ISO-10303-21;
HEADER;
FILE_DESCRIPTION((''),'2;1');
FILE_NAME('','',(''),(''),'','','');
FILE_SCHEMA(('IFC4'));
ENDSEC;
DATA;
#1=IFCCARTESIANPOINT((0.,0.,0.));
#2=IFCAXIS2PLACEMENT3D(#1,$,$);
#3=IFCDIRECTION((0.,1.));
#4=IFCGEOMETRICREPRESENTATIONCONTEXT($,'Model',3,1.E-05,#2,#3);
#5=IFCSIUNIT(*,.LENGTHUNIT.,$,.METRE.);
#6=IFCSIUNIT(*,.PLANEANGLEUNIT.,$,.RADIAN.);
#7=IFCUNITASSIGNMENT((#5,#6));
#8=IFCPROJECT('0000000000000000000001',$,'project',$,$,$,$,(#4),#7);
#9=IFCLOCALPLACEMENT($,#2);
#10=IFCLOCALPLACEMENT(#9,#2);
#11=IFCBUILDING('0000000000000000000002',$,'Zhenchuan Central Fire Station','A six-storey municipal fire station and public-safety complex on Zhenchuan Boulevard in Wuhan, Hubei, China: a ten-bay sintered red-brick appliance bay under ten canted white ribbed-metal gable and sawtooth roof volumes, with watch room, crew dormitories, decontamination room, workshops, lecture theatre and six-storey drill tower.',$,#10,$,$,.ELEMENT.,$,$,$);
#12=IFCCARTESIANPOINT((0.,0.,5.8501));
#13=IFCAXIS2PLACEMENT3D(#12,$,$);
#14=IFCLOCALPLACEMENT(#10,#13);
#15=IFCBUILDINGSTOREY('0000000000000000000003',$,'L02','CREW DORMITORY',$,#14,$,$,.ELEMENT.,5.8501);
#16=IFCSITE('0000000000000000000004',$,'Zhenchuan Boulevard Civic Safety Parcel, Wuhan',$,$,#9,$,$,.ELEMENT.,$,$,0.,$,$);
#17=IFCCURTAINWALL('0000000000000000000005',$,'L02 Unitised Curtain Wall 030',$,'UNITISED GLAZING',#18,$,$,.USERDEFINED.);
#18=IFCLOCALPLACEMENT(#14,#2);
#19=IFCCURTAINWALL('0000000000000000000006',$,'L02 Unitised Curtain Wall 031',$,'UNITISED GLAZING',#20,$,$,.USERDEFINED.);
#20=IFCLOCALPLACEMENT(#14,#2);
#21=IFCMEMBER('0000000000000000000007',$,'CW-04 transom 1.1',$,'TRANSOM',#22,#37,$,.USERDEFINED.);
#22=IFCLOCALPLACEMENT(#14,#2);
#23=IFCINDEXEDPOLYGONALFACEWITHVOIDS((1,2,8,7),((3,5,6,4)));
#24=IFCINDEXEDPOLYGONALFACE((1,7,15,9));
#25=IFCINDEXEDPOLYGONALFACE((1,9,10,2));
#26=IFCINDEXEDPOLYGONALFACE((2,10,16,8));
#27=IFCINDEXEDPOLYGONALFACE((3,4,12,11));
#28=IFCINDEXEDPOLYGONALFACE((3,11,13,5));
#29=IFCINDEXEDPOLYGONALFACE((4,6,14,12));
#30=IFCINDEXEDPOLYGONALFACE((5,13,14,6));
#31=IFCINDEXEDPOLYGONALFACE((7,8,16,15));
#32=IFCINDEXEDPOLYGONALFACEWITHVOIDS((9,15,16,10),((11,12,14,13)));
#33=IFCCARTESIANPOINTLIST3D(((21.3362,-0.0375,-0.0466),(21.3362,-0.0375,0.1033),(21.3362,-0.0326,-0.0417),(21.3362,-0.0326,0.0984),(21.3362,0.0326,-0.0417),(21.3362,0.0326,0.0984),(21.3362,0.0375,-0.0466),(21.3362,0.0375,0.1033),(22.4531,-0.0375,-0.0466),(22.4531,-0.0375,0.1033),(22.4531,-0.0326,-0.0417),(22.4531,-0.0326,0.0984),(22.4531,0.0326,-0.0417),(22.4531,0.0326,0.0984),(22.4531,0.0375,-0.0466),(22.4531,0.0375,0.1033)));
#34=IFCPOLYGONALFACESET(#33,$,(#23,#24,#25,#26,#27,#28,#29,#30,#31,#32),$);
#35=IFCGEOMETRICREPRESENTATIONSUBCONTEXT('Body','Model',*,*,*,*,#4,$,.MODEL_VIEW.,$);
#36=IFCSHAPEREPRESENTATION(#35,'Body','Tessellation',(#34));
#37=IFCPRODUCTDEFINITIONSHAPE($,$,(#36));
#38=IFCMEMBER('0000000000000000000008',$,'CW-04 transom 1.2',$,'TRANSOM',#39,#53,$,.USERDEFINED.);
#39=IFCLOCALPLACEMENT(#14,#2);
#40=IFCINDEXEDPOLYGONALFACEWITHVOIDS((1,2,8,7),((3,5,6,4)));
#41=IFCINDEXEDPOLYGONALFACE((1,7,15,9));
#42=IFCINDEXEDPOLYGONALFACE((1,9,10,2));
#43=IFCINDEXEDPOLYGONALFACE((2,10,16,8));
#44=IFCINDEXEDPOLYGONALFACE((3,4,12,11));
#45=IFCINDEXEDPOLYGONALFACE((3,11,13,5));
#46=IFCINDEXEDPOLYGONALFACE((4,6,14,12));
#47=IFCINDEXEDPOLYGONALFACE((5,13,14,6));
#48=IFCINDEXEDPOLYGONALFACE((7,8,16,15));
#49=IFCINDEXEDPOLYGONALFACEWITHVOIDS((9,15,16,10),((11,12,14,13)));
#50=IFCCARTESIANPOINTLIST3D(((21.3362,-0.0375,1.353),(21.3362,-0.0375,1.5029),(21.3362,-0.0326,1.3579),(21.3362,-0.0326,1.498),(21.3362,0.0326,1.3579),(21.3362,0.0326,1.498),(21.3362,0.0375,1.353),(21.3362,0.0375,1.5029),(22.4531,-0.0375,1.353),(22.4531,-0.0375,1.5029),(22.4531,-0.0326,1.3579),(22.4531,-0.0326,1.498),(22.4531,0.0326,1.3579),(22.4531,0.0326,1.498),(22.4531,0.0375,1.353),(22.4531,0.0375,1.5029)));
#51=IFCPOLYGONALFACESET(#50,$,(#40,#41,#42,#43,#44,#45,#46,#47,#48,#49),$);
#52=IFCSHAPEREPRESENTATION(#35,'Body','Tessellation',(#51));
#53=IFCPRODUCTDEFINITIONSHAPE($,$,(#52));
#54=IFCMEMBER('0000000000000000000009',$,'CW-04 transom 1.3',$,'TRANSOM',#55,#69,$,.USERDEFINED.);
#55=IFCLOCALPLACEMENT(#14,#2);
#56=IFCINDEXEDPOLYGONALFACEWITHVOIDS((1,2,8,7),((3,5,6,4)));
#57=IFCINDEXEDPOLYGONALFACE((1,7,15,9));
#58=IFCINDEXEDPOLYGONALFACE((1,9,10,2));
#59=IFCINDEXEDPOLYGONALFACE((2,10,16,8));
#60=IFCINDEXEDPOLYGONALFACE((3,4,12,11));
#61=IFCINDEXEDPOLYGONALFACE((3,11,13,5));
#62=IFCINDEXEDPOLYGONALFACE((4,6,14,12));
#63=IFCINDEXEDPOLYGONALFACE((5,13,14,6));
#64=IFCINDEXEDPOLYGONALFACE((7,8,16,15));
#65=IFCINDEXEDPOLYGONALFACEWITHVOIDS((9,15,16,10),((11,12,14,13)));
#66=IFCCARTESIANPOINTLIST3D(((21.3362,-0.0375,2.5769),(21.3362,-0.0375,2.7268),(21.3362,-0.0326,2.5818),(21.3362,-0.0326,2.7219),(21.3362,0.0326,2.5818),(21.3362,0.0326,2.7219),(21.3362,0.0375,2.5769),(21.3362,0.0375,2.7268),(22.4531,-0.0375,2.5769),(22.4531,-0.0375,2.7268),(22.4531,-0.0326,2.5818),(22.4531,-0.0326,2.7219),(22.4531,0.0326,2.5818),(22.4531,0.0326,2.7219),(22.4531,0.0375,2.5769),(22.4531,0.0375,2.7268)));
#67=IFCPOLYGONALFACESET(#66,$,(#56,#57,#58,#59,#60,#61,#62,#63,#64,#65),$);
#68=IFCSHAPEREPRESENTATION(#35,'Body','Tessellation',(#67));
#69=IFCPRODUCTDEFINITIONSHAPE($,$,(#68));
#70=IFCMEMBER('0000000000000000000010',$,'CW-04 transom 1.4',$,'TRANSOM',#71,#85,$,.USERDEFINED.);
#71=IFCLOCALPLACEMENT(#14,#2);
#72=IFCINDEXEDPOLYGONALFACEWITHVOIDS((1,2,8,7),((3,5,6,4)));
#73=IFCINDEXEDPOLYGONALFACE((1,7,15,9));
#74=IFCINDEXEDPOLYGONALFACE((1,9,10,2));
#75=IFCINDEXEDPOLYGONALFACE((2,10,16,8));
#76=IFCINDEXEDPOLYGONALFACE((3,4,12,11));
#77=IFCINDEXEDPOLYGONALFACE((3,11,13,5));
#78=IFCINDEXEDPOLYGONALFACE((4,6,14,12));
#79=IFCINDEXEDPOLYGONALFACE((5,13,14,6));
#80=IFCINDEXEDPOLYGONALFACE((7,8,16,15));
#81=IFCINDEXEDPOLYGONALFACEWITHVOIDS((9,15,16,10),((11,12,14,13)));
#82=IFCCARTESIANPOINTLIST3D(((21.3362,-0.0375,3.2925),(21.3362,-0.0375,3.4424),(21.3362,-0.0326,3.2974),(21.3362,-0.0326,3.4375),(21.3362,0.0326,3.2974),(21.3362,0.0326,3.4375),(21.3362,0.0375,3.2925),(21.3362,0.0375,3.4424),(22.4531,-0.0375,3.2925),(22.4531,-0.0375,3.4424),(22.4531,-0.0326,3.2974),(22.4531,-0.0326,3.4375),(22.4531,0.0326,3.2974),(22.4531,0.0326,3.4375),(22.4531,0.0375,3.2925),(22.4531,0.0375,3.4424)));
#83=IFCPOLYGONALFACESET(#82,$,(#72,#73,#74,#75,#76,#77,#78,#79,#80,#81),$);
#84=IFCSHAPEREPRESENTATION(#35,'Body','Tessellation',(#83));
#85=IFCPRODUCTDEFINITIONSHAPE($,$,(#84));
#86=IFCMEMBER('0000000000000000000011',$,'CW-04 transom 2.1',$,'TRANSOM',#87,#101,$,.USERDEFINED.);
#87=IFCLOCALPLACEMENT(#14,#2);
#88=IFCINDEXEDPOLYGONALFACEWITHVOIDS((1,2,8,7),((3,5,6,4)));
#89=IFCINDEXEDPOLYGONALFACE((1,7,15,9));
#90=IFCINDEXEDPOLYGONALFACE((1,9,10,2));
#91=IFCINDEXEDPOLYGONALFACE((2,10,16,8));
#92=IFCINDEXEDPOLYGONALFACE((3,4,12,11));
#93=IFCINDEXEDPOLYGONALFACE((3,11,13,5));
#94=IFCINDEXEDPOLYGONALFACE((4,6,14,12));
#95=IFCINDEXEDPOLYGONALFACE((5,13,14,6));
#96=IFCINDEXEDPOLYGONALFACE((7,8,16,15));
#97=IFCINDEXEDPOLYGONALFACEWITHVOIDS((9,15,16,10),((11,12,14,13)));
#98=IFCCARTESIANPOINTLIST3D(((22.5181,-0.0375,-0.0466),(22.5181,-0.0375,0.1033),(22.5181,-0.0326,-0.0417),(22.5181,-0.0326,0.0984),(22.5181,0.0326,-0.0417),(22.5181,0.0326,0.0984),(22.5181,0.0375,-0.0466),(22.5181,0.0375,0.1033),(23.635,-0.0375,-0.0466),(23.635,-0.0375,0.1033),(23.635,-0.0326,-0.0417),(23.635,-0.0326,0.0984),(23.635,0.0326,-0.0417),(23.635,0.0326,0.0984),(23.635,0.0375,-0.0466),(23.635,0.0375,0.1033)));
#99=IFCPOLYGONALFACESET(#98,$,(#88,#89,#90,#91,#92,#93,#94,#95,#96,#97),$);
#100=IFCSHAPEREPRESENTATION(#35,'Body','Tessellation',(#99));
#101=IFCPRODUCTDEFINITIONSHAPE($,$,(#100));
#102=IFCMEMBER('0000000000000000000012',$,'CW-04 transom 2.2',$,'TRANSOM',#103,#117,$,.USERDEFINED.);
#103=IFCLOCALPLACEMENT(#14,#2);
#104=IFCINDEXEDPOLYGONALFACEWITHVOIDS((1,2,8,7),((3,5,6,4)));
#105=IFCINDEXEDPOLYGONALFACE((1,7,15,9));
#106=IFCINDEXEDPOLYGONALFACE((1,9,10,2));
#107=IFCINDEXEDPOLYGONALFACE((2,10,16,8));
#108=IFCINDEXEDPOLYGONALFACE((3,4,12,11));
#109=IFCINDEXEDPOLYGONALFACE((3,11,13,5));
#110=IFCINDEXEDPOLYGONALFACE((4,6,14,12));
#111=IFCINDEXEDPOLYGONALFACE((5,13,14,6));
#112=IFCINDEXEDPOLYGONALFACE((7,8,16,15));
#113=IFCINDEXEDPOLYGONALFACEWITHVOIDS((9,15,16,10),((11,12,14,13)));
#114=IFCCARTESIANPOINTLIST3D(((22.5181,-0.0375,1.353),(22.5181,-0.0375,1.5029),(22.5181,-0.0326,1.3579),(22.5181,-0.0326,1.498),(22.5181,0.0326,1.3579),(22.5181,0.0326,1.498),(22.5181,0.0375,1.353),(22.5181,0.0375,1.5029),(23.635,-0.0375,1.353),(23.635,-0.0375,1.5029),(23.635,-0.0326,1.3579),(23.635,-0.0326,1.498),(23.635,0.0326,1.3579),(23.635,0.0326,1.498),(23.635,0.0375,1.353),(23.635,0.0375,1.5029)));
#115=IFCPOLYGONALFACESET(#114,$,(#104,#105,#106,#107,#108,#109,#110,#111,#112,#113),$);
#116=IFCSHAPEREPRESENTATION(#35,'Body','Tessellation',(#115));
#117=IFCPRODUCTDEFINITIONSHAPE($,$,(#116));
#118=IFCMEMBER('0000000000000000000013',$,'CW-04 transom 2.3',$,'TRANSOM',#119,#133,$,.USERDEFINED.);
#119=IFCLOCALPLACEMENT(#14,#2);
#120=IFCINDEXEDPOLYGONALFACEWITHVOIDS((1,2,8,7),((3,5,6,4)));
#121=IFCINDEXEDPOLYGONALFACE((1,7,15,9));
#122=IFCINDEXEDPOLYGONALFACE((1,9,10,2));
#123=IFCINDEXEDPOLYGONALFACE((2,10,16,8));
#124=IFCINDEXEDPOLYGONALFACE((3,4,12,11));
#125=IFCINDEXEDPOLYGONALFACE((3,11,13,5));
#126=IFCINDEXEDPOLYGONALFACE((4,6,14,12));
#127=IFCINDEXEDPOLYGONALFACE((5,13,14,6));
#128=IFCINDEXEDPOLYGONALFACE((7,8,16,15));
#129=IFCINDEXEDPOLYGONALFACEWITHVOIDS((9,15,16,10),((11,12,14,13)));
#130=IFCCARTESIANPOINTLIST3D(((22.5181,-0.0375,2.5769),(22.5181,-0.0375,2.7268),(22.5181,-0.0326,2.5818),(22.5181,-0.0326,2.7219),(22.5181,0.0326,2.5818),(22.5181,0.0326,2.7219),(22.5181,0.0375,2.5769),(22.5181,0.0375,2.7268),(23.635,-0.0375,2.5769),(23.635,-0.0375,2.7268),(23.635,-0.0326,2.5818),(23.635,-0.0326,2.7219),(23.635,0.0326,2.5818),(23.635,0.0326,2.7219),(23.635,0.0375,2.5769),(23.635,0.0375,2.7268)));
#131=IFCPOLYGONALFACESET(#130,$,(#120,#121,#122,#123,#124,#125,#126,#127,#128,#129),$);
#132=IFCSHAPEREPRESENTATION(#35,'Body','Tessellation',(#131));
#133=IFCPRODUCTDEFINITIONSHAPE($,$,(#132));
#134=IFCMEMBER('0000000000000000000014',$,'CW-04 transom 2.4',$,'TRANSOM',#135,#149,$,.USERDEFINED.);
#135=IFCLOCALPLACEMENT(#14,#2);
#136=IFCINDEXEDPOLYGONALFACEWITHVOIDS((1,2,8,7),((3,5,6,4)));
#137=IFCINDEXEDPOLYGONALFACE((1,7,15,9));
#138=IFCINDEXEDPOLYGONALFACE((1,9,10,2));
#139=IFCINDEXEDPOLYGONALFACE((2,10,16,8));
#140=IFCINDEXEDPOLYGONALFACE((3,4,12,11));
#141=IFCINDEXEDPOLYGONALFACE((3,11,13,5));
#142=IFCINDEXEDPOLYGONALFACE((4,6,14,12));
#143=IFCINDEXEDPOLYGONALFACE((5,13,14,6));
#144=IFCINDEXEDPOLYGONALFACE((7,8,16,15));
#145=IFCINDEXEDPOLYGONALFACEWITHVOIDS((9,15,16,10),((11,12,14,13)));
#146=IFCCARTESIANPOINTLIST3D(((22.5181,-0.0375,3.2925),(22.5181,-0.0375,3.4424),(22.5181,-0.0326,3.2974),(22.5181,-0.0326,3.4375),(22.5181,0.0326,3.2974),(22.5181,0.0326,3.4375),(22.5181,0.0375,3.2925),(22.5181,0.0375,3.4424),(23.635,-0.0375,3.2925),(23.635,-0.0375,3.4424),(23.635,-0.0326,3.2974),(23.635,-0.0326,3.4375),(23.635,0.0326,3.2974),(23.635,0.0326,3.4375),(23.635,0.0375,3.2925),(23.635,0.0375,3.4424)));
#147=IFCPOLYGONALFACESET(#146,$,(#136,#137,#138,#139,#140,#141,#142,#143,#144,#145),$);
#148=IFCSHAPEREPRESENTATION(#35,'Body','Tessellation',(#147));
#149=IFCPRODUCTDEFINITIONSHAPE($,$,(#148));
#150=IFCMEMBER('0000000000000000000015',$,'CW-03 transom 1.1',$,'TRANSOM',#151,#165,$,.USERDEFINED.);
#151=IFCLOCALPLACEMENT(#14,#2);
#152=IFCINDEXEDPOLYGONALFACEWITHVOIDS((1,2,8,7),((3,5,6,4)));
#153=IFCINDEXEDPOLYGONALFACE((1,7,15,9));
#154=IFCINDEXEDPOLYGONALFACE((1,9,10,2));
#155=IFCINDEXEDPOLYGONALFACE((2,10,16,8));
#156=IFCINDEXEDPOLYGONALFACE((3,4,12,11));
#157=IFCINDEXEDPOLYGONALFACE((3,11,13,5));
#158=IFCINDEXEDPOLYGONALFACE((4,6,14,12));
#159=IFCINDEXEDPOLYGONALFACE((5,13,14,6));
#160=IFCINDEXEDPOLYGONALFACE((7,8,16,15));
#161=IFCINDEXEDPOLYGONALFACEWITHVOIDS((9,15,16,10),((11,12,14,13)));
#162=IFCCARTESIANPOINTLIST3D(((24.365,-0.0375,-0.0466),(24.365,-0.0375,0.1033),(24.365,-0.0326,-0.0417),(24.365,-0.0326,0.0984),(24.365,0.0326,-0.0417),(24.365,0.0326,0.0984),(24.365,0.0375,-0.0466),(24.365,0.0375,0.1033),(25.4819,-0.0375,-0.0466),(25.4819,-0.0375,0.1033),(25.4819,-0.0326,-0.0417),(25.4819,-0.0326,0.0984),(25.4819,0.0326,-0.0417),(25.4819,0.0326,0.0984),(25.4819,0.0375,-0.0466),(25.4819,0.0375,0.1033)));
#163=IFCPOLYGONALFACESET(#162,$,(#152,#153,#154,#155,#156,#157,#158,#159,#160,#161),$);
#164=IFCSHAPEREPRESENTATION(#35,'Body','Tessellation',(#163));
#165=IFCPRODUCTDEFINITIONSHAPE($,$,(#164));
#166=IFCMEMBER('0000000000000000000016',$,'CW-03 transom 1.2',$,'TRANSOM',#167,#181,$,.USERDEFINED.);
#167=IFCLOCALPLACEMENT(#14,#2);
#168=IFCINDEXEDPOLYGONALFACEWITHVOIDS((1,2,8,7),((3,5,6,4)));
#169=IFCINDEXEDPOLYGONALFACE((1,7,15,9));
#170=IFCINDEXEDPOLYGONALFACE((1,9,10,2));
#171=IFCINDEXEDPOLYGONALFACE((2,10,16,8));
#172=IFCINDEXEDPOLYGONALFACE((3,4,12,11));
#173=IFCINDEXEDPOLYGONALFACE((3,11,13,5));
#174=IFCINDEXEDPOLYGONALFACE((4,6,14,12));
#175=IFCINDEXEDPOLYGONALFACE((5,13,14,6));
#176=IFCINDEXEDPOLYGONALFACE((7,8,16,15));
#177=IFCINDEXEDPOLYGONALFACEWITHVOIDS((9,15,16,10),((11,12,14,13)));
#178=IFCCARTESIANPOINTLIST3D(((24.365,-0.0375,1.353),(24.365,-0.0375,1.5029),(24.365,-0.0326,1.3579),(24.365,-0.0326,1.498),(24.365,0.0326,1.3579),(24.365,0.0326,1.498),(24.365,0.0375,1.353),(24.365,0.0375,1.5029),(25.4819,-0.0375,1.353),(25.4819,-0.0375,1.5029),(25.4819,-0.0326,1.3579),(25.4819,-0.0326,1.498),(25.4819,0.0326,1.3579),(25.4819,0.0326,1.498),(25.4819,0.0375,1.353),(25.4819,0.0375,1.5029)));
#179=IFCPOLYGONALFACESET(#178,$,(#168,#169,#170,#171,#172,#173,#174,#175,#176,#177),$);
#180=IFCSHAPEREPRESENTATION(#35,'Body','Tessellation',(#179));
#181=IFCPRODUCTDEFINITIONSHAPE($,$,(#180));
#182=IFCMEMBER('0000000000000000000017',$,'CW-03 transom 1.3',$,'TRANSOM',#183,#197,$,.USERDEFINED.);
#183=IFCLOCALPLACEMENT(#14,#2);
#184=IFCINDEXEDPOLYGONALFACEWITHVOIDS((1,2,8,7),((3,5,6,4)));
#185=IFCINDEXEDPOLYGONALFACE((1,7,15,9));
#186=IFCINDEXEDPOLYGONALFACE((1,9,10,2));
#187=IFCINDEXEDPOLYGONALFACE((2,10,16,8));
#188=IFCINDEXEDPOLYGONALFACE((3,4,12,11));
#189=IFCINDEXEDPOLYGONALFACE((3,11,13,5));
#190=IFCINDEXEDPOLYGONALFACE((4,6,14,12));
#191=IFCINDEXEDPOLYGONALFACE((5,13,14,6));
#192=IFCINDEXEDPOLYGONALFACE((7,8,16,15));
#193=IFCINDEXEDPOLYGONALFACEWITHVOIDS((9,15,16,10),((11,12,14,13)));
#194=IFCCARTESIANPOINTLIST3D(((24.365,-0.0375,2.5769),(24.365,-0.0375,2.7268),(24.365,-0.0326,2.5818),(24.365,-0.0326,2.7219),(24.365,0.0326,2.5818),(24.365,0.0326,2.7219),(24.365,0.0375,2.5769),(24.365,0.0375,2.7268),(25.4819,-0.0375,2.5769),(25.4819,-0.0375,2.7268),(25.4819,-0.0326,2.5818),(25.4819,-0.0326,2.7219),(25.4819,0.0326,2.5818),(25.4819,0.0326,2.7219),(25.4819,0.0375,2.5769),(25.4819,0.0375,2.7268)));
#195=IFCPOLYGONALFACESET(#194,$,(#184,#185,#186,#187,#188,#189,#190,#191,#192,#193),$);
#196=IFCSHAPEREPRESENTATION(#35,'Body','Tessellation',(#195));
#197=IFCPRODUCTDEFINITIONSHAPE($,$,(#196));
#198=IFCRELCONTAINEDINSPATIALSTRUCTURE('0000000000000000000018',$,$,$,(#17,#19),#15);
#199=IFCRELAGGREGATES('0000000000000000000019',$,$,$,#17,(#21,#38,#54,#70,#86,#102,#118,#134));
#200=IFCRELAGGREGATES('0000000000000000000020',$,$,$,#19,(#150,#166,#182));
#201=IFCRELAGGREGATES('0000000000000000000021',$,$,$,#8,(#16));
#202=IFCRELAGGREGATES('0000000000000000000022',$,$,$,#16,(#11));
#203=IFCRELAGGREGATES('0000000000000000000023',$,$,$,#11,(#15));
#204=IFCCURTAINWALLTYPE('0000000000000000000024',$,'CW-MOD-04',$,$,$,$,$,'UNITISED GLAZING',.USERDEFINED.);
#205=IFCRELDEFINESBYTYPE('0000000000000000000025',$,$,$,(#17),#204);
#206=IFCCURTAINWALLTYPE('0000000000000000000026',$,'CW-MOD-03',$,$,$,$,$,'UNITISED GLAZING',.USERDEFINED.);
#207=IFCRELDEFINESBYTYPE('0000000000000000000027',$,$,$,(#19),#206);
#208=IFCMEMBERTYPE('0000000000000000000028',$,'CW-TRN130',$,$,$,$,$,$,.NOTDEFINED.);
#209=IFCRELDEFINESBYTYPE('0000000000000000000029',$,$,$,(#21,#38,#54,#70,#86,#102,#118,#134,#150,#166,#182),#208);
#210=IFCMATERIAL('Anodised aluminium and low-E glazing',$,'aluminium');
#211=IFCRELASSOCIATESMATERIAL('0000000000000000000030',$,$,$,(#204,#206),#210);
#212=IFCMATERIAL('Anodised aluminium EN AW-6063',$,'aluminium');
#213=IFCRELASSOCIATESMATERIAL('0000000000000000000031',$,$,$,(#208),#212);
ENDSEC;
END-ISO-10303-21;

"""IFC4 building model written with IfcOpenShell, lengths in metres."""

from ifc_helpers import new_model, si_unit, direction, frame, origin, origin_2d, place, context, subcontext, project, spatial, hollow_rectangle, extrude, material, material_profile, profile_set, type_object, element, aggregate, save


model = new_model("IFC4")

# Units and contexts
model_context = context("Model", 3, precision=1e-05, world=origin(), true_north=direction((0.0, 1.0)))
body_context = subcontext(model_context, "Body", "Model", "MODEL_VIEW")
ifc_project = project(units=[si_unit("LENGTHUNIT", "METRE"), si_unit("PLANEANGLEUNIT", "RADIAN")], contexts=[model_context])

# Site, building, storey
site_placement = place(None, origin())
site = spatial("IfcSite", under=ifc_project, at=site_placement, Name="Zhenchuan Boulevard Civic Safety Parcel, Wuhan", CompositionType="ELEMENT", RefElevation=0.0)
building_placement = place(site_placement, origin())
building = spatial("IfcBuilding", under=site, at=building_placement, Name="Zhenchuan Central Fire Station", Description="A six-storey municipal fire station and public-safety complex on Zhenchuan Boulevard in Wuhan, Hubei, China: a ten-bay sintered red-brick appliance bay under ten canted white ribbed-metal gable and sawtooth roof volumes, with watch room, crew dormitories, decontamination room, workshops, lecture theatre and six-storey drill tower.", CompositionType="ELEMENT")
storey_placement = place(building_placement, frame((0.0, 0.0, 5.8501)))
storey = spatial("IfcBuildingStorey", under=building, at=storey_placement, Name="L02", Description="CREW DORMITORY", CompositionType="ELEMENT", Elevation=5.8501)

# Curtain walls
ifc_material_1 = material(Name="Anodised aluminium and low-E glazing", Category="aluminium")
curtain_wall_type_1 = type_object("IfcCurtainWallType", Name="CW-MOD-04", ElementType="UNITISED GLAZING", PredefinedType="USERDEFINED", material=ifc_material_1)
curtain_wall_1_placement = place(storey_placement, origin())
curtain_wall_1 = element("IfcCurtainWall", 1, at=curtain_wall_1_placement, inside=storey, type_object=curtain_wall_type_1, Name="L02 Unitised Curtain Wall 030", ObjectType="UNITISED GLAZING", PredefinedType="USERDEFINED")
ifc_material_2 = material(Name="Anodised aluminium EN AW-6063", Category="aluminium")
curtain_wall_type_2 = type_object("IfcCurtainWallType", Name="CW-MOD-03", ElementType="UNITISED GLAZING", PredefinedType="USERDEFINED", material=ifc_material_1)
curtain_wall_2_placement = place(storey_placement, origin())
curtain_wall_2 = element("IfcCurtainWall", 2, at=curtain_wall_2_placement, inside=storey, type_object=curtain_wall_type_2, Name="L02 Unitised Curtain Wall 031", ObjectType="UNITISED GLAZING", PredefinedType="USERDEFINED")

# Members
ifc_material_profile_1 = material_profile(ifc_material_2, hollow_rectangle(XDim=0.075, YDim=0.1499, WallThickness=0.0049, at=origin_2d()), Name="ALU-T 150x75")
ifc_profile_set_1 = profile_set([ifc_material_profile_1], Name="Anodised aluminium EN AW-6063")
member_type_1 = type_object("IfcMemberType", Name="CW-TRN130", PredefinedType="NOTDEFINED", material=ifc_profile_set_1)
member_1_placement = place(storey_placement, frame((21.3362, 0.0, 0.0283), z_axis=(1.0, 0.0, 0.0), x_axis=(0.0, 1.0, 0.0)))
member_1 = element("IfcMember", 3, at=member_1_placement, type_object=member_type_1, Name="CW-04 transom 1.1", ObjectType="TRANSOM", PredefinedType="USERDEFINED", context=body_context, shape_type="SweptSolid", body=[
    extrude(hollow_rectangle(XDim=0.075, YDim=0.1499, WallThickness=0.0049, at=origin_2d()), origin(), (0.0, 0.0, 1.0), 1.1169),
])
member_2_placement = place(storey_placement, frame((21.3362, 0.0, 1.428), z_axis=(1.0, 0.0, 0.0), x_axis=(0.0, 1.0, 0.0)))
member_2 = element("IfcMember", 4, at=member_2_placement, type_object=member_type_1, Name="CW-04 transom 1.2", ObjectType="TRANSOM", PredefinedType="USERDEFINED", context=body_context, shape_type="SweptSolid", body=[
    extrude(hollow_rectangle(XDim=0.075, YDim=0.1499, WallThickness=0.0049, at=origin_2d()), origin(), (0.0, 0.0, 1.0), 1.1169),
])
member_3_placement = place(storey_placement, frame((21.3362, 0.0, 2.6519), z_axis=(1.0, 0.0, 0.0), x_axis=(0.0, 1.0, 0.0)))
member_3 = element("IfcMember", 5, at=member_3_placement, type_object=member_type_1, Name="CW-04 transom 1.3", ObjectType="TRANSOM", PredefinedType="USERDEFINED", context=body_context, shape_type="SweptSolid", body=[
    extrude(hollow_rectangle(XDim=0.075, YDim=0.1499, WallThickness=0.0049, at=origin_2d()), origin(), (0.0, 0.0, 1.0), 1.1169),
])
member_4_placement = place(storey_placement, frame((21.3362, 0.0, 3.3674), z_axis=(1.0, 0.0, 0.0), x_axis=(0.0, 1.0, 0.0)))
member_4 = element("IfcMember", 6, at=member_4_placement, type_object=member_type_1, Name="CW-04 transom 1.4", ObjectType="TRANSOM", PredefinedType="USERDEFINED", context=body_context, shape_type="SweptSolid", body=[
    extrude(hollow_rectangle(XDim=0.075, YDim=0.1499, WallThickness=0.0049, at=origin_2d()), origin(), (0.0, 0.0, 1.0), 1.1169),
])
member_5_placement = place(storey_placement, frame((22.5181, 0.0, 0.0283), z_axis=(1.0, 0.0, 0.0), x_axis=(0.0, 1.0, 0.0)))
member_5 = element("IfcMember", 7, at=member_5_placement, type_object=member_type_1, Name="CW-04 transom 2.1", ObjectType="TRANSOM", PredefinedType="USERDEFINED", context=body_context, shape_type="SweptSolid", body=[
    extrude(hollow_rectangle(XDim=0.075, YDim=0.1499, WallThickness=0.0049, at=origin_2d()), origin(), (0.0, 0.0, 1.0), 1.1169),
])
member_6_placement = place(storey_placement, frame((22.5181, 0.0, 1.428), z_axis=(1.0, 0.0, 0.0), x_axis=(0.0, 1.0, 0.0)))
member_6 = element("IfcMember", 8, at=member_6_placement, type_object=member_type_1, Name="CW-04 transom 2.2", ObjectType="TRANSOM", PredefinedType="USERDEFINED", context=body_context, shape_type="SweptSolid", body=[
    extrude(hollow_rectangle(XDim=0.075, YDim=0.1499, WallThickness=0.0049, at=origin_2d()), origin(), (0.0, 0.0, 1.0), 1.1169),
])
member_7_placement = place(storey_placement, frame((22.5181, 0.0, 2.6519), z_axis=(1.0, 0.0, 0.0), x_axis=(0.0, 1.0, 0.0)))
member_7 = element("IfcMember", 9, at=member_7_placement, type_object=member_type_1, Name="CW-04 transom 2.3", ObjectType="TRANSOM", PredefinedType="USERDEFINED", context=body_context, shape_type="SweptSolid", body=[
    extrude(hollow_rectangle(XDim=0.075, YDim=0.1499, WallThickness=0.0049, at=origin_2d()), origin(), (0.0, 0.0, 1.0), 1.1169),
])
member_8_placement = place(storey_placement, frame((22.5181, 0.0, 3.3674), z_axis=(1.0, 0.0, 0.0), x_axis=(0.0, 1.0, 0.0)))
member_8 = element("IfcMember", 10, at=member_8_placement, type_object=member_type_1, Name="CW-04 transom 2.4", ObjectType="TRANSOM", PredefinedType="USERDEFINED", context=body_context, shape_type="SweptSolid", body=[
    extrude(hollow_rectangle(XDim=0.075, YDim=0.1499, WallThickness=0.0049, at=origin_2d()), origin(), (0.0, 0.0, 1.0), 1.1169),
])
member_9_placement = place(storey_placement, frame((24.365, 0.0, 0.0283), z_axis=(1.0, 0.0, 0.0), x_axis=(0.0, 1.0, 0.0)))
member_9 = element("IfcMember", 11, at=member_9_placement, type_object=member_type_1, Name="CW-03 transom 1.1", ObjectType="TRANSOM", PredefinedType="USERDEFINED", context=body_context, shape_type="SweptSolid", body=[
    extrude(hollow_rectangle(XDim=0.075, YDim=0.1499, WallThickness=0.0049, at=origin_2d()), origin(), (0.0, 0.0, 1.0), 1.1169),
])
member_10_placement = place(storey_placement, frame((24.365, 0.0, 1.428), z_axis=(1.0, 0.0, 0.0), x_axis=(0.0, 1.0, 0.0)))
member_10 = element("IfcMember", 12, at=member_10_placement, type_object=member_type_1, Name="CW-03 transom 1.2", ObjectType="TRANSOM", PredefinedType="USERDEFINED", context=body_context, shape_type="SweptSolid", body=[
    extrude(hollow_rectangle(XDim=0.075, YDim=0.1499, WallThickness=0.0049, at=origin_2d()), origin(), (0.0, 0.0, 1.0), 1.1169),
])
member_11_placement = place(storey_placement, frame((24.365, 0.0, 2.6519), z_axis=(1.0, 0.0, 0.0), x_axis=(0.0, 1.0, 0.0)))
member_11 = element("IfcMember", 13, at=member_11_placement, type_object=member_type_1, Name="CW-03 transom 1.3", ObjectType="TRANSOM", PredefinedType="USERDEFINED", context=body_context, shape_type="SweptSolid", body=[
    extrude(hollow_rectangle(XDim=0.075, YDim=0.1499, WallThickness=0.0049, at=origin_2d()), origin(), (0.0, 0.0, 1.0), 1.1169),
])

aggregate(curtain_wall_1, [member_1, member_2, member_3, member_4, member_5, member_6, member_7, member_8])
aggregate(curtain_wall_2, [member_9, member_10, member_11])

save(model, "model.ifc")
